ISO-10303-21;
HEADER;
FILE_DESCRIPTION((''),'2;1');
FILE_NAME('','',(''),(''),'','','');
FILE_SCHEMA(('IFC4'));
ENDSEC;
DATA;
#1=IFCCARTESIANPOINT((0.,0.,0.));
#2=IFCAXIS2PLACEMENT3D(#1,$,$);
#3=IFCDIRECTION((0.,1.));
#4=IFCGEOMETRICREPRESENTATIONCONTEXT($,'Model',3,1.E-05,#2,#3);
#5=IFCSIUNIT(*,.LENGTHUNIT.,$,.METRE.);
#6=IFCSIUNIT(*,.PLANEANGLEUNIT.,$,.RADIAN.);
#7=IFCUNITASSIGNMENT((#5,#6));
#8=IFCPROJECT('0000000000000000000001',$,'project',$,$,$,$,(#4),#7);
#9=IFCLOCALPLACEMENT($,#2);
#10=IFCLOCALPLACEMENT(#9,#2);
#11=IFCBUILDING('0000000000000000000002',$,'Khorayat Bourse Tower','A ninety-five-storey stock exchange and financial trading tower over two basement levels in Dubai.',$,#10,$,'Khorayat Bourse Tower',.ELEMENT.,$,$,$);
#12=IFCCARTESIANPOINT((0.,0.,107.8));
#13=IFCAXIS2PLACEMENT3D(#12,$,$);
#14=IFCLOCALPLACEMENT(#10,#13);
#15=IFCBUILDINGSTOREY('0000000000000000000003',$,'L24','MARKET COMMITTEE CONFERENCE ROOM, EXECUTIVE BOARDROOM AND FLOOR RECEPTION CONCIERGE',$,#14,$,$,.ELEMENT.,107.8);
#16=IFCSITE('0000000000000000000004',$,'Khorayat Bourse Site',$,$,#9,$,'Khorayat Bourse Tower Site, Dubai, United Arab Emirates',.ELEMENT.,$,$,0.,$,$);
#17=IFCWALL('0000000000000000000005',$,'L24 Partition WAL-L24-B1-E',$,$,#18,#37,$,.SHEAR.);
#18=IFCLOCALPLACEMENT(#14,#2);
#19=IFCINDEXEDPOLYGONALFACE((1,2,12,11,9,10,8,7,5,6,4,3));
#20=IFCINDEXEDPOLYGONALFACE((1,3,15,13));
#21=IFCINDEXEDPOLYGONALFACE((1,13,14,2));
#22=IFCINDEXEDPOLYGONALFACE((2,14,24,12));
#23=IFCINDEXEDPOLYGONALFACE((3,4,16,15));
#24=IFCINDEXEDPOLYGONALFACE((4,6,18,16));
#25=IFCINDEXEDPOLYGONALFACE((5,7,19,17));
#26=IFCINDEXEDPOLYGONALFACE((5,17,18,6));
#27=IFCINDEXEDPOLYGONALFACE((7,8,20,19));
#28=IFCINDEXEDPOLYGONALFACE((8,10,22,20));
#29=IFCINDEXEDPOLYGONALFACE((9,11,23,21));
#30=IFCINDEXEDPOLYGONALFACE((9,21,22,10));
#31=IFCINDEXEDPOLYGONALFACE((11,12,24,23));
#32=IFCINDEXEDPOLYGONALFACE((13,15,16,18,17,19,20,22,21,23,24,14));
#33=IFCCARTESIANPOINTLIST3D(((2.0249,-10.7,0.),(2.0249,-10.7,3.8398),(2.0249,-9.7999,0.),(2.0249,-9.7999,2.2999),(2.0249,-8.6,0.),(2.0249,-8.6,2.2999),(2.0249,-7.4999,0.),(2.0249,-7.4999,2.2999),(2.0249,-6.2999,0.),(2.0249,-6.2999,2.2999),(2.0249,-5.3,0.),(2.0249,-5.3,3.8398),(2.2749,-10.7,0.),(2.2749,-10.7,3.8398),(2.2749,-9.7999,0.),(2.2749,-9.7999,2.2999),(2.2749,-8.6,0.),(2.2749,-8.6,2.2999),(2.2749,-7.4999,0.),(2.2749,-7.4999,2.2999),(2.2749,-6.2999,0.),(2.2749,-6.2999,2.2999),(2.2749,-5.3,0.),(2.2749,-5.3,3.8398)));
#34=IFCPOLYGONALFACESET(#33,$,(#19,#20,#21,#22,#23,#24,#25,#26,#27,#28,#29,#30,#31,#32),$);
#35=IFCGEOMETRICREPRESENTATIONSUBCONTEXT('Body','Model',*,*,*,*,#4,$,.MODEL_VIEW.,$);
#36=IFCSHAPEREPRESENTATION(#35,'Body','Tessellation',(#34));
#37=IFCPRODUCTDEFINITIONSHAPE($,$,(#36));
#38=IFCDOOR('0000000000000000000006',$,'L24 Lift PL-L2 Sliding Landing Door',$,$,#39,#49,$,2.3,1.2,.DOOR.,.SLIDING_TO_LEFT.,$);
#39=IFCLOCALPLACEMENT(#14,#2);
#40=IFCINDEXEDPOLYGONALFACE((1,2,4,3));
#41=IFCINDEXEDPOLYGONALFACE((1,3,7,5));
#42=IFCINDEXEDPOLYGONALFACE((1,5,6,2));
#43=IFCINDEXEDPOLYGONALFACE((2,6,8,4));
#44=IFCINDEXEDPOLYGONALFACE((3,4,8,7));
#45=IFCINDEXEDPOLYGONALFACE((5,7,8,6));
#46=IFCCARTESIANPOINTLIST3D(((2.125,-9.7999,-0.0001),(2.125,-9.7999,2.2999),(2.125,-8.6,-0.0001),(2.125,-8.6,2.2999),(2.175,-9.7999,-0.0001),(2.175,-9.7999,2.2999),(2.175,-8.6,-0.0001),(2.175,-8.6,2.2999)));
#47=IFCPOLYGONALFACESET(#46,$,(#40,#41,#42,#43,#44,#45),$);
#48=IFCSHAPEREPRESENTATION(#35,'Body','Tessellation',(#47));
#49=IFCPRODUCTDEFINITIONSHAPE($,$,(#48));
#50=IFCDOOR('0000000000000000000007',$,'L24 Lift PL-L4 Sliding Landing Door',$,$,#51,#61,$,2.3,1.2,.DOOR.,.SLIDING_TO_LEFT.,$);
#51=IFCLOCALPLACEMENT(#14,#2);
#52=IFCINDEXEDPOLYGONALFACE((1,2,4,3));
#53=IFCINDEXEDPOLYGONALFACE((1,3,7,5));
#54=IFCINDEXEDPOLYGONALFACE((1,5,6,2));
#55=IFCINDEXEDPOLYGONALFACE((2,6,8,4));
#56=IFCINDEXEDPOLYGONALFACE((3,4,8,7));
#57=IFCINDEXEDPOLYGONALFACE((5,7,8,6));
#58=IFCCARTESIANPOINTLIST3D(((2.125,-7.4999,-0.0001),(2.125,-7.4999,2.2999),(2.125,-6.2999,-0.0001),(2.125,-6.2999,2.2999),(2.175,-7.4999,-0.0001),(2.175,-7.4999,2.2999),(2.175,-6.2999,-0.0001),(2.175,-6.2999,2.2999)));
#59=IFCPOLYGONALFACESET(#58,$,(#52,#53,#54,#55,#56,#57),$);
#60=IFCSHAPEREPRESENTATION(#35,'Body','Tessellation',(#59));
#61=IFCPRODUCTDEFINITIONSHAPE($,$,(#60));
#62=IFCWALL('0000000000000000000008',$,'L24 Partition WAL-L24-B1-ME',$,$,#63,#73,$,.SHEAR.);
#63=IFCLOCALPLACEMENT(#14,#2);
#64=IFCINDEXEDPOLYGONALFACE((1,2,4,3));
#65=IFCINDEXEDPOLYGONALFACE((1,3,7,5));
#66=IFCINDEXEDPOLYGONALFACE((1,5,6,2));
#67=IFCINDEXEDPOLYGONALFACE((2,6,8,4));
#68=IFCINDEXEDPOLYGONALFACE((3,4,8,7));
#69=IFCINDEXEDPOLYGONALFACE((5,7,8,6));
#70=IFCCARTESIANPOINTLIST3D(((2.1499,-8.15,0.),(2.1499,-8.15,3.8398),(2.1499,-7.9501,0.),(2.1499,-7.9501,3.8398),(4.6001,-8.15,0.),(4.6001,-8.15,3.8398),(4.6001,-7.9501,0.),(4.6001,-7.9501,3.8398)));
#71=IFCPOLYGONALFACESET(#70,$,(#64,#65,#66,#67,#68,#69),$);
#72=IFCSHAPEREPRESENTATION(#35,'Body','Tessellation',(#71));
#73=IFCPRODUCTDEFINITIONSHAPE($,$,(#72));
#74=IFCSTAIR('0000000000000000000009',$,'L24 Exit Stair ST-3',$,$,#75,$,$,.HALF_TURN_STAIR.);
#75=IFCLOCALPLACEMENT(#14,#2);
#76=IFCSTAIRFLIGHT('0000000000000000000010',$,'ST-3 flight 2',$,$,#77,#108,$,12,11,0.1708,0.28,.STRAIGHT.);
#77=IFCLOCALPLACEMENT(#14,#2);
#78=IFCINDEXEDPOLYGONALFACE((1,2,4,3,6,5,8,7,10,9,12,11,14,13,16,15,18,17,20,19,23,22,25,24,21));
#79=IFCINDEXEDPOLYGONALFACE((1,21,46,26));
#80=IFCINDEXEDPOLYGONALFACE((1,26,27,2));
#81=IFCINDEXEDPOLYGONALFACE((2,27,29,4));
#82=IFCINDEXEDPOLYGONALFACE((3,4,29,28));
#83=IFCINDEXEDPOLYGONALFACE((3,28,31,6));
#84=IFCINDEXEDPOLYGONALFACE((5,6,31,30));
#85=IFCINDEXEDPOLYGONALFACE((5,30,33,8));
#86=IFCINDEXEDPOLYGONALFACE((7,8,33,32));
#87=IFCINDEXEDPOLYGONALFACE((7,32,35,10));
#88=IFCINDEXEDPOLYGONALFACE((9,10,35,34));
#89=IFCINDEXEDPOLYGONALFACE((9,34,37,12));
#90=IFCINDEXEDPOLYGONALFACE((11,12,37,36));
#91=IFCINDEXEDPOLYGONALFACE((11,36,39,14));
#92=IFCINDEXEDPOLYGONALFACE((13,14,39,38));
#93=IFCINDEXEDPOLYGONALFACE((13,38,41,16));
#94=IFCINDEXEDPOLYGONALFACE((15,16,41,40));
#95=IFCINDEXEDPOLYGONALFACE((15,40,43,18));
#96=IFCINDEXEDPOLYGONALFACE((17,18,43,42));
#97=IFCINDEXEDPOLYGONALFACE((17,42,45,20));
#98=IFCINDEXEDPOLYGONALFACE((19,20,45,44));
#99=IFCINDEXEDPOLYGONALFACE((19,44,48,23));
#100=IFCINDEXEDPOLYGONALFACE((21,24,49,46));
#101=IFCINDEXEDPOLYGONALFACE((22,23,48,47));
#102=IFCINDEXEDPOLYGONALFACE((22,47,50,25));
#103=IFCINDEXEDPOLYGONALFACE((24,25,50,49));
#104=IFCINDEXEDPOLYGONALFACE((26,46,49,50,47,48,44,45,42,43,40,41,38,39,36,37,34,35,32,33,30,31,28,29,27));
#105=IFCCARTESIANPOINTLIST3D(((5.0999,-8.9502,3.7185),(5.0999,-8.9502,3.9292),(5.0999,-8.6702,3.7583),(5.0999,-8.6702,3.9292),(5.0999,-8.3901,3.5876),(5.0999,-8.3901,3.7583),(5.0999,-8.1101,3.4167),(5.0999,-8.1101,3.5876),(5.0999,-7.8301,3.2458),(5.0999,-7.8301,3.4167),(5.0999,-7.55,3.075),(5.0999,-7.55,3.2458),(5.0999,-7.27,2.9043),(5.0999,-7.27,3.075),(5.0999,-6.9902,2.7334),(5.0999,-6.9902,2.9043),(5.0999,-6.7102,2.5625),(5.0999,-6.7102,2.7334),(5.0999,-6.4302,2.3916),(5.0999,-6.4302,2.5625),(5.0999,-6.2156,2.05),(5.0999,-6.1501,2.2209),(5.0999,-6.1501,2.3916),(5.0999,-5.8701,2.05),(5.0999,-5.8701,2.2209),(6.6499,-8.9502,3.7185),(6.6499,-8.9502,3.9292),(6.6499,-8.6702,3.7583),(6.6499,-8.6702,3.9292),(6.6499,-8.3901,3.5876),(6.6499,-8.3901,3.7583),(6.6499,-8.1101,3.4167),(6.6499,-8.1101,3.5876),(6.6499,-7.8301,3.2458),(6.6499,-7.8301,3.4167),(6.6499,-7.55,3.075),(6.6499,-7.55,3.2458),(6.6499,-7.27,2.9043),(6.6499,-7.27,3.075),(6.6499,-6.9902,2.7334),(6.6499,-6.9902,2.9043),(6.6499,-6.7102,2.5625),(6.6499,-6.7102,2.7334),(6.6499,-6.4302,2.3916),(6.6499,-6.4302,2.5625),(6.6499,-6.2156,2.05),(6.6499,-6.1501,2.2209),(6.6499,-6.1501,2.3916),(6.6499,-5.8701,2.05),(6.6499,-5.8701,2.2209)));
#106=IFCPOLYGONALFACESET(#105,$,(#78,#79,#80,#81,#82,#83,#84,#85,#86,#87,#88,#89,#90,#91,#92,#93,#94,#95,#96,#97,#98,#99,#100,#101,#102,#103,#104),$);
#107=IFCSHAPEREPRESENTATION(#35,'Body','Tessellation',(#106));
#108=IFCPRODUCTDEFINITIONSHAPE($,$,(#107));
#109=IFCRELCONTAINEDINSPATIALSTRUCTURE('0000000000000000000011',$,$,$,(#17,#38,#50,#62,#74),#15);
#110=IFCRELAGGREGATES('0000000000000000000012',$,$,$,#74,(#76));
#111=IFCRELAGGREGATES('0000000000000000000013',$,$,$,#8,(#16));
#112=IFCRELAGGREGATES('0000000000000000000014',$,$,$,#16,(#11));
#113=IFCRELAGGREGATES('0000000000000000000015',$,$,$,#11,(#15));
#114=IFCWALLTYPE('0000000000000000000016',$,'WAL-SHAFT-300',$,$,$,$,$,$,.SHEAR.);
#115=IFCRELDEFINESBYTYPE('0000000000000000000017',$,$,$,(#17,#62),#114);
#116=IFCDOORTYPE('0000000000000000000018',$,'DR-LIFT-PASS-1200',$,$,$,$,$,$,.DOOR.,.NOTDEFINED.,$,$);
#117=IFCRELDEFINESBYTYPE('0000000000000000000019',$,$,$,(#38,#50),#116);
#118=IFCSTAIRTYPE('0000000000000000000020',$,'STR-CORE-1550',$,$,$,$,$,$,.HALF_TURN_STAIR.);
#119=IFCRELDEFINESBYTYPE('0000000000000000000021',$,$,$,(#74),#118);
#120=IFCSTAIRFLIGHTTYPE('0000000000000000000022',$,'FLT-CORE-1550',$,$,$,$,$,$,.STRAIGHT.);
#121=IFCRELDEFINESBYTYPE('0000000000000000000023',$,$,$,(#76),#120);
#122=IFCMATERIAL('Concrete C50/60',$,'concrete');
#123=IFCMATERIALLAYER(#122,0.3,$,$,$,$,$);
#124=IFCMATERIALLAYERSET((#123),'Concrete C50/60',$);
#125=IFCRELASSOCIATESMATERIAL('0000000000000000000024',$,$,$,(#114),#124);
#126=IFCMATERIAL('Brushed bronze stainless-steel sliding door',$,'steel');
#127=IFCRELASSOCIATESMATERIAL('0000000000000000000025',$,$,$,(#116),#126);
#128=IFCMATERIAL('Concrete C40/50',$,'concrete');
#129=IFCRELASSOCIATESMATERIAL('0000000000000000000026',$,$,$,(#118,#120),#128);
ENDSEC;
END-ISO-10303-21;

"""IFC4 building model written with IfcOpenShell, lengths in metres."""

from ifc_helpers import new_model, si_unit, direction, frame, frame_2d, origin, place, context, subcontext, project, spatial, polyline, rectangle, outline, extrude, source, transform, mapped, material, layer, layer_set, type_object, element, fill, aggregate, save


model = new_model("IFC4")

# Units and contexts
model_context = context("Model", 3, precision=1e-05, world=origin(), true_north=direction((0.0, 1.0)))
body_context = subcontext(model_context, "Body", "Model", "MODEL_VIEW")
ifc_project = project(units=[si_unit("LENGTHUNIT", "METRE"), si_unit("PLANEANGLEUNIT", "RADIAN")], contexts=[model_context])

# Site, building, storey
site_placement = place(None, origin())
site = spatial("IfcSite", under=ifc_project, at=site_placement, Name="Khorayat Bourse Site", LongName="Khorayat Bourse Tower Site, Dubai, United Arab Emirates", CompositionType="ELEMENT", RefElevation=0.0)
building_placement = place(site_placement, origin())
building = spatial("IfcBuilding", under=site, at=building_placement, Name="Khorayat Bourse Tower", Description="A ninety-five-storey stock exchange and financial trading tower over two basement levels in Dubai.", LongName="Khorayat Bourse Tower", CompositionType="ELEMENT")
storey_placement = place(building_placement, frame((0.0, 0.0, 107.8)))
storey = spatial("IfcBuildingStorey", under=building, at=storey_placement, Name="L24", Description="MARKET COMMITTEE CONFERENCE ROOM, EXECUTIVE BOARDROOM AND FLOOR RECEPTION CONCIERGE", CompositionType="ELEMENT", Elevation=107.8)

# Wall, openings, doors
ifc_material_1 = material(Name="Concrete C50/60", Category="concrete")
ifc_layer_1 = layer(ifc_material_1, 0.3)
ifc_layer_set_1 = layer_set([ifc_layer_1], Name="Concrete C50/60")
wall_type_1 = type_object("IfcWallType", Name="WAL-SHAFT-300", PredefinedType="SHEAR", material=ifc_layer_set_1)
shared_shape_1 = source(origin(), body_context, "Body", "SweptSolid", [
    extrude(rectangle(XDim=5.3999, YDim=0.25, at=frame_2d((2.7, 0.0))), origin(), (0.0, 0.0, 1.0), 3.8398),
])
shared_shape_2 = source(origin(), body_context, "Body", "SweptSolid", [
    extrude(rectangle(XDim=1.2, YDim=2.3, at=frame_2d((0.6001, 1.1499))), frame((0.0, 0.135, 0.0), z_axis=(0.0, -1.0, 0.0), x_axis=(1.0, 0.0, 0.0)), (0.0, 0.0, 1.0), 0.27),
])
ifc_material_2 = material(Name="Brushed bronze stainless-steel sliding door", Category="steel")
door_type_1 = type_object("IfcDoorType", Name="DR-LIFT-PASS-1200", OperationType="NOTDEFINED", PredefinedType="DOOR", material=ifc_material_2)
shared_shape_3 = source(origin(), body_context, "Body", "SweptSolid", [
    extrude(rectangle(XDim=1.2, YDim=2.3, at=frame_2d((0.6001, 1.1499))), frame((0.0, 0.0249, 0.0), z_axis=(0.0, -1.0, 0.0), x_axis=(1.0, 0.0, 0.0)), (0.0, 0.0, 1.0), 0.05),
])
wall_1_placement = place(storey_placement, frame((2.1499, -10.7, 0.0), z_axis=(0.0, 0.0, 1.0), x_axis=(0.0, 1.0, 0.0)))
wall_1 = element("IfcWall", 1, at=wall_1_placement, inside=storey, type_object=wall_type_1, Name="L24 Partition WAL-L24-B1-E", PredefinedType="SHEAR", context=body_context, shape_type="MappedRepresentation", body=[
    mapped(shared_shape_1, transform((0.0, 0.0, 0.0), scale=1.0)),
])
opening_1_placement = place(wall_1_placement, frame((0.8999, 0.0, 0.0)))
opening_1 = element("IfcOpeningElement", 2, at=opening_1_placement, cuts=wall_1, PredefinedType="OPENING", context=body_context, shape_type="MappedRepresentation", body=[
    mapped(shared_shape_2, transform((0.0, 0.0, 0.0), scale=1.0)),
])
opening_2_placement = place(wall_1_placement, frame((3.2, 0.0, 0.0)))
opening_2 = element("IfcOpeningElement", 3, at=opening_2_placement, cuts=wall_1, PredefinedType="OPENING", context=body_context, shape_type="MappedRepresentation", body=[
    mapped(shared_shape_2, transform((0.0, 0.0, 0.0), scale=1.0)),
])
door_1_placement = place(opening_1_placement, origin())
door_1 = element("IfcDoor", 4, at=door_1_placement, inside=storey, type_object=door_type_1, Name="L24 Lift PL-L2 Sliding Landing Door", OperationType="SLIDING_TO_LEFT", OverallHeight=2.3, OverallWidth=1.2, PredefinedType="DOOR", context=body_context, shape_type="MappedRepresentation", body=[
    mapped(shared_shape_3, transform((0.0, 0.0, 0.0), scale=1.0)),
])
fill(opening_1, door_1)
door_2_placement = place(opening_2_placement, origin())
door_2 = element("IfcDoor", 5, at=door_2_placement, inside=storey, type_object=door_type_1, Name="L24 Lift PL-L4 Sliding Landing Door", OperationType="SLIDING_TO_LEFT", OverallHeight=2.3, OverallWidth=1.2, PredefinedType="DOOR", context=body_context, shape_type="MappedRepresentation", body=[
    mapped(shared_shape_3, transform((0.0, 0.0, 0.0), scale=1.0)),
])
fill(opening_2, door_2)

# Wall
shared_shape_4 = source(origin(), body_context, "Body", "SweptSolid", [
    extrude(rectangle(XDim=2.4502, YDim=0.2, at=frame_2d((1.2251, 0.0))), origin(), (0.0, 0.0, 1.0), 3.8398),
])
wall_2_placement = place(storey_placement, frame((2.1499, -8.05, 0.0), z_axis=(0.0, 0.0, 1.0), x_axis=(1.0, 0.0, 0.0)))
element("IfcWall", 6, at=wall_2_placement, inside=storey, type_object=wall_type_1, Name="L24 Partition WAL-L24-B1-ME", PredefinedType="SHEAR", context=body_context, shape_type="MappedRepresentation", body=[
    mapped(shared_shape_4, transform((0.0, 0.0, 0.0), scale=1.0)),
])

# Stair, stair flight
ifc_material_3 = material(Name="Concrete C40/50", Category="concrete")
stair_type = type_object("IfcStairType", Name="STR-CORE-1550", PredefinedType="HALF_TURN_STAIR", material=ifc_material_3)
stair_placement = place(storey_placement, origin())
stair = element("IfcStair", 7, at=stair_placement, inside=storey, type_object=stair_type, Name="L24 Exit Stair ST-3", PredefinedType="HALF_TURN_STAIR")
stair_flight_type = type_object("IfcStairFlightType", Name="FLT-CORE-1550", PredefinedType="STRAIGHT", material=ifc_material_3)
shared_shape_5 = source(origin(), body_context, "Body", "SweptSolid", [
    extrude(outline(polyline([(0.0, 0.0), (0.0, 0.1709), (0.28, 0.1709), (0.28, 0.3416), (0.5601, 0.3416), (0.5601, 0.5125), (0.8401, 0.5125), (0.8401, 0.6833), (1.1201, 0.6833), (1.1201, 0.8542), (1.3999, 0.8542), (1.3999, 1.0249), (1.6799, 1.0249), (1.6799, 1.1958), (1.96, 1.1958), (1.96, 1.3667), (2.24, 1.3667), (2.24, 1.5376), (2.52, 1.5376), (2.52, 1.7083), (2.8, 1.7083), (2.8, 1.8792), (3.0801, 1.8792), (3.0801, 2.05), (3.0801, 1.6685), (0.3455, 0.0), (0.0, 0.0)])), frame((0.0, 0.7749, 0.0), z_axis=(0.0, -1.0, 0.0), x_axis=(1.0, 0.0, 0.0)), (0.0, 0.0, 1.0), 1.55),
])
stair_flight_placement = place(storey_placement, frame((5.875, -5.8701, 2.05), z_axis=(0.0, 0.0, 1.0), x_axis=(0.0, -1.0, 0.0)))
stair_flight = element("IfcStairFlight", 8, at=stair_flight_placement, type_object=stair_flight_type, Name="ST-3 flight 2", NumberOfRisers=12, NumberOfTreads=11, PredefinedType="STRAIGHT", RiserHeight=0.1708, TreadLength=0.28, context=body_context, shape_type="MappedRepresentation", body=[
    mapped(shared_shape_5, transform((0.0, 0.0, 0.0), scale=1.0)),
])
aggregate(stair, [stair_flight])

save(model, "model.ifc")
